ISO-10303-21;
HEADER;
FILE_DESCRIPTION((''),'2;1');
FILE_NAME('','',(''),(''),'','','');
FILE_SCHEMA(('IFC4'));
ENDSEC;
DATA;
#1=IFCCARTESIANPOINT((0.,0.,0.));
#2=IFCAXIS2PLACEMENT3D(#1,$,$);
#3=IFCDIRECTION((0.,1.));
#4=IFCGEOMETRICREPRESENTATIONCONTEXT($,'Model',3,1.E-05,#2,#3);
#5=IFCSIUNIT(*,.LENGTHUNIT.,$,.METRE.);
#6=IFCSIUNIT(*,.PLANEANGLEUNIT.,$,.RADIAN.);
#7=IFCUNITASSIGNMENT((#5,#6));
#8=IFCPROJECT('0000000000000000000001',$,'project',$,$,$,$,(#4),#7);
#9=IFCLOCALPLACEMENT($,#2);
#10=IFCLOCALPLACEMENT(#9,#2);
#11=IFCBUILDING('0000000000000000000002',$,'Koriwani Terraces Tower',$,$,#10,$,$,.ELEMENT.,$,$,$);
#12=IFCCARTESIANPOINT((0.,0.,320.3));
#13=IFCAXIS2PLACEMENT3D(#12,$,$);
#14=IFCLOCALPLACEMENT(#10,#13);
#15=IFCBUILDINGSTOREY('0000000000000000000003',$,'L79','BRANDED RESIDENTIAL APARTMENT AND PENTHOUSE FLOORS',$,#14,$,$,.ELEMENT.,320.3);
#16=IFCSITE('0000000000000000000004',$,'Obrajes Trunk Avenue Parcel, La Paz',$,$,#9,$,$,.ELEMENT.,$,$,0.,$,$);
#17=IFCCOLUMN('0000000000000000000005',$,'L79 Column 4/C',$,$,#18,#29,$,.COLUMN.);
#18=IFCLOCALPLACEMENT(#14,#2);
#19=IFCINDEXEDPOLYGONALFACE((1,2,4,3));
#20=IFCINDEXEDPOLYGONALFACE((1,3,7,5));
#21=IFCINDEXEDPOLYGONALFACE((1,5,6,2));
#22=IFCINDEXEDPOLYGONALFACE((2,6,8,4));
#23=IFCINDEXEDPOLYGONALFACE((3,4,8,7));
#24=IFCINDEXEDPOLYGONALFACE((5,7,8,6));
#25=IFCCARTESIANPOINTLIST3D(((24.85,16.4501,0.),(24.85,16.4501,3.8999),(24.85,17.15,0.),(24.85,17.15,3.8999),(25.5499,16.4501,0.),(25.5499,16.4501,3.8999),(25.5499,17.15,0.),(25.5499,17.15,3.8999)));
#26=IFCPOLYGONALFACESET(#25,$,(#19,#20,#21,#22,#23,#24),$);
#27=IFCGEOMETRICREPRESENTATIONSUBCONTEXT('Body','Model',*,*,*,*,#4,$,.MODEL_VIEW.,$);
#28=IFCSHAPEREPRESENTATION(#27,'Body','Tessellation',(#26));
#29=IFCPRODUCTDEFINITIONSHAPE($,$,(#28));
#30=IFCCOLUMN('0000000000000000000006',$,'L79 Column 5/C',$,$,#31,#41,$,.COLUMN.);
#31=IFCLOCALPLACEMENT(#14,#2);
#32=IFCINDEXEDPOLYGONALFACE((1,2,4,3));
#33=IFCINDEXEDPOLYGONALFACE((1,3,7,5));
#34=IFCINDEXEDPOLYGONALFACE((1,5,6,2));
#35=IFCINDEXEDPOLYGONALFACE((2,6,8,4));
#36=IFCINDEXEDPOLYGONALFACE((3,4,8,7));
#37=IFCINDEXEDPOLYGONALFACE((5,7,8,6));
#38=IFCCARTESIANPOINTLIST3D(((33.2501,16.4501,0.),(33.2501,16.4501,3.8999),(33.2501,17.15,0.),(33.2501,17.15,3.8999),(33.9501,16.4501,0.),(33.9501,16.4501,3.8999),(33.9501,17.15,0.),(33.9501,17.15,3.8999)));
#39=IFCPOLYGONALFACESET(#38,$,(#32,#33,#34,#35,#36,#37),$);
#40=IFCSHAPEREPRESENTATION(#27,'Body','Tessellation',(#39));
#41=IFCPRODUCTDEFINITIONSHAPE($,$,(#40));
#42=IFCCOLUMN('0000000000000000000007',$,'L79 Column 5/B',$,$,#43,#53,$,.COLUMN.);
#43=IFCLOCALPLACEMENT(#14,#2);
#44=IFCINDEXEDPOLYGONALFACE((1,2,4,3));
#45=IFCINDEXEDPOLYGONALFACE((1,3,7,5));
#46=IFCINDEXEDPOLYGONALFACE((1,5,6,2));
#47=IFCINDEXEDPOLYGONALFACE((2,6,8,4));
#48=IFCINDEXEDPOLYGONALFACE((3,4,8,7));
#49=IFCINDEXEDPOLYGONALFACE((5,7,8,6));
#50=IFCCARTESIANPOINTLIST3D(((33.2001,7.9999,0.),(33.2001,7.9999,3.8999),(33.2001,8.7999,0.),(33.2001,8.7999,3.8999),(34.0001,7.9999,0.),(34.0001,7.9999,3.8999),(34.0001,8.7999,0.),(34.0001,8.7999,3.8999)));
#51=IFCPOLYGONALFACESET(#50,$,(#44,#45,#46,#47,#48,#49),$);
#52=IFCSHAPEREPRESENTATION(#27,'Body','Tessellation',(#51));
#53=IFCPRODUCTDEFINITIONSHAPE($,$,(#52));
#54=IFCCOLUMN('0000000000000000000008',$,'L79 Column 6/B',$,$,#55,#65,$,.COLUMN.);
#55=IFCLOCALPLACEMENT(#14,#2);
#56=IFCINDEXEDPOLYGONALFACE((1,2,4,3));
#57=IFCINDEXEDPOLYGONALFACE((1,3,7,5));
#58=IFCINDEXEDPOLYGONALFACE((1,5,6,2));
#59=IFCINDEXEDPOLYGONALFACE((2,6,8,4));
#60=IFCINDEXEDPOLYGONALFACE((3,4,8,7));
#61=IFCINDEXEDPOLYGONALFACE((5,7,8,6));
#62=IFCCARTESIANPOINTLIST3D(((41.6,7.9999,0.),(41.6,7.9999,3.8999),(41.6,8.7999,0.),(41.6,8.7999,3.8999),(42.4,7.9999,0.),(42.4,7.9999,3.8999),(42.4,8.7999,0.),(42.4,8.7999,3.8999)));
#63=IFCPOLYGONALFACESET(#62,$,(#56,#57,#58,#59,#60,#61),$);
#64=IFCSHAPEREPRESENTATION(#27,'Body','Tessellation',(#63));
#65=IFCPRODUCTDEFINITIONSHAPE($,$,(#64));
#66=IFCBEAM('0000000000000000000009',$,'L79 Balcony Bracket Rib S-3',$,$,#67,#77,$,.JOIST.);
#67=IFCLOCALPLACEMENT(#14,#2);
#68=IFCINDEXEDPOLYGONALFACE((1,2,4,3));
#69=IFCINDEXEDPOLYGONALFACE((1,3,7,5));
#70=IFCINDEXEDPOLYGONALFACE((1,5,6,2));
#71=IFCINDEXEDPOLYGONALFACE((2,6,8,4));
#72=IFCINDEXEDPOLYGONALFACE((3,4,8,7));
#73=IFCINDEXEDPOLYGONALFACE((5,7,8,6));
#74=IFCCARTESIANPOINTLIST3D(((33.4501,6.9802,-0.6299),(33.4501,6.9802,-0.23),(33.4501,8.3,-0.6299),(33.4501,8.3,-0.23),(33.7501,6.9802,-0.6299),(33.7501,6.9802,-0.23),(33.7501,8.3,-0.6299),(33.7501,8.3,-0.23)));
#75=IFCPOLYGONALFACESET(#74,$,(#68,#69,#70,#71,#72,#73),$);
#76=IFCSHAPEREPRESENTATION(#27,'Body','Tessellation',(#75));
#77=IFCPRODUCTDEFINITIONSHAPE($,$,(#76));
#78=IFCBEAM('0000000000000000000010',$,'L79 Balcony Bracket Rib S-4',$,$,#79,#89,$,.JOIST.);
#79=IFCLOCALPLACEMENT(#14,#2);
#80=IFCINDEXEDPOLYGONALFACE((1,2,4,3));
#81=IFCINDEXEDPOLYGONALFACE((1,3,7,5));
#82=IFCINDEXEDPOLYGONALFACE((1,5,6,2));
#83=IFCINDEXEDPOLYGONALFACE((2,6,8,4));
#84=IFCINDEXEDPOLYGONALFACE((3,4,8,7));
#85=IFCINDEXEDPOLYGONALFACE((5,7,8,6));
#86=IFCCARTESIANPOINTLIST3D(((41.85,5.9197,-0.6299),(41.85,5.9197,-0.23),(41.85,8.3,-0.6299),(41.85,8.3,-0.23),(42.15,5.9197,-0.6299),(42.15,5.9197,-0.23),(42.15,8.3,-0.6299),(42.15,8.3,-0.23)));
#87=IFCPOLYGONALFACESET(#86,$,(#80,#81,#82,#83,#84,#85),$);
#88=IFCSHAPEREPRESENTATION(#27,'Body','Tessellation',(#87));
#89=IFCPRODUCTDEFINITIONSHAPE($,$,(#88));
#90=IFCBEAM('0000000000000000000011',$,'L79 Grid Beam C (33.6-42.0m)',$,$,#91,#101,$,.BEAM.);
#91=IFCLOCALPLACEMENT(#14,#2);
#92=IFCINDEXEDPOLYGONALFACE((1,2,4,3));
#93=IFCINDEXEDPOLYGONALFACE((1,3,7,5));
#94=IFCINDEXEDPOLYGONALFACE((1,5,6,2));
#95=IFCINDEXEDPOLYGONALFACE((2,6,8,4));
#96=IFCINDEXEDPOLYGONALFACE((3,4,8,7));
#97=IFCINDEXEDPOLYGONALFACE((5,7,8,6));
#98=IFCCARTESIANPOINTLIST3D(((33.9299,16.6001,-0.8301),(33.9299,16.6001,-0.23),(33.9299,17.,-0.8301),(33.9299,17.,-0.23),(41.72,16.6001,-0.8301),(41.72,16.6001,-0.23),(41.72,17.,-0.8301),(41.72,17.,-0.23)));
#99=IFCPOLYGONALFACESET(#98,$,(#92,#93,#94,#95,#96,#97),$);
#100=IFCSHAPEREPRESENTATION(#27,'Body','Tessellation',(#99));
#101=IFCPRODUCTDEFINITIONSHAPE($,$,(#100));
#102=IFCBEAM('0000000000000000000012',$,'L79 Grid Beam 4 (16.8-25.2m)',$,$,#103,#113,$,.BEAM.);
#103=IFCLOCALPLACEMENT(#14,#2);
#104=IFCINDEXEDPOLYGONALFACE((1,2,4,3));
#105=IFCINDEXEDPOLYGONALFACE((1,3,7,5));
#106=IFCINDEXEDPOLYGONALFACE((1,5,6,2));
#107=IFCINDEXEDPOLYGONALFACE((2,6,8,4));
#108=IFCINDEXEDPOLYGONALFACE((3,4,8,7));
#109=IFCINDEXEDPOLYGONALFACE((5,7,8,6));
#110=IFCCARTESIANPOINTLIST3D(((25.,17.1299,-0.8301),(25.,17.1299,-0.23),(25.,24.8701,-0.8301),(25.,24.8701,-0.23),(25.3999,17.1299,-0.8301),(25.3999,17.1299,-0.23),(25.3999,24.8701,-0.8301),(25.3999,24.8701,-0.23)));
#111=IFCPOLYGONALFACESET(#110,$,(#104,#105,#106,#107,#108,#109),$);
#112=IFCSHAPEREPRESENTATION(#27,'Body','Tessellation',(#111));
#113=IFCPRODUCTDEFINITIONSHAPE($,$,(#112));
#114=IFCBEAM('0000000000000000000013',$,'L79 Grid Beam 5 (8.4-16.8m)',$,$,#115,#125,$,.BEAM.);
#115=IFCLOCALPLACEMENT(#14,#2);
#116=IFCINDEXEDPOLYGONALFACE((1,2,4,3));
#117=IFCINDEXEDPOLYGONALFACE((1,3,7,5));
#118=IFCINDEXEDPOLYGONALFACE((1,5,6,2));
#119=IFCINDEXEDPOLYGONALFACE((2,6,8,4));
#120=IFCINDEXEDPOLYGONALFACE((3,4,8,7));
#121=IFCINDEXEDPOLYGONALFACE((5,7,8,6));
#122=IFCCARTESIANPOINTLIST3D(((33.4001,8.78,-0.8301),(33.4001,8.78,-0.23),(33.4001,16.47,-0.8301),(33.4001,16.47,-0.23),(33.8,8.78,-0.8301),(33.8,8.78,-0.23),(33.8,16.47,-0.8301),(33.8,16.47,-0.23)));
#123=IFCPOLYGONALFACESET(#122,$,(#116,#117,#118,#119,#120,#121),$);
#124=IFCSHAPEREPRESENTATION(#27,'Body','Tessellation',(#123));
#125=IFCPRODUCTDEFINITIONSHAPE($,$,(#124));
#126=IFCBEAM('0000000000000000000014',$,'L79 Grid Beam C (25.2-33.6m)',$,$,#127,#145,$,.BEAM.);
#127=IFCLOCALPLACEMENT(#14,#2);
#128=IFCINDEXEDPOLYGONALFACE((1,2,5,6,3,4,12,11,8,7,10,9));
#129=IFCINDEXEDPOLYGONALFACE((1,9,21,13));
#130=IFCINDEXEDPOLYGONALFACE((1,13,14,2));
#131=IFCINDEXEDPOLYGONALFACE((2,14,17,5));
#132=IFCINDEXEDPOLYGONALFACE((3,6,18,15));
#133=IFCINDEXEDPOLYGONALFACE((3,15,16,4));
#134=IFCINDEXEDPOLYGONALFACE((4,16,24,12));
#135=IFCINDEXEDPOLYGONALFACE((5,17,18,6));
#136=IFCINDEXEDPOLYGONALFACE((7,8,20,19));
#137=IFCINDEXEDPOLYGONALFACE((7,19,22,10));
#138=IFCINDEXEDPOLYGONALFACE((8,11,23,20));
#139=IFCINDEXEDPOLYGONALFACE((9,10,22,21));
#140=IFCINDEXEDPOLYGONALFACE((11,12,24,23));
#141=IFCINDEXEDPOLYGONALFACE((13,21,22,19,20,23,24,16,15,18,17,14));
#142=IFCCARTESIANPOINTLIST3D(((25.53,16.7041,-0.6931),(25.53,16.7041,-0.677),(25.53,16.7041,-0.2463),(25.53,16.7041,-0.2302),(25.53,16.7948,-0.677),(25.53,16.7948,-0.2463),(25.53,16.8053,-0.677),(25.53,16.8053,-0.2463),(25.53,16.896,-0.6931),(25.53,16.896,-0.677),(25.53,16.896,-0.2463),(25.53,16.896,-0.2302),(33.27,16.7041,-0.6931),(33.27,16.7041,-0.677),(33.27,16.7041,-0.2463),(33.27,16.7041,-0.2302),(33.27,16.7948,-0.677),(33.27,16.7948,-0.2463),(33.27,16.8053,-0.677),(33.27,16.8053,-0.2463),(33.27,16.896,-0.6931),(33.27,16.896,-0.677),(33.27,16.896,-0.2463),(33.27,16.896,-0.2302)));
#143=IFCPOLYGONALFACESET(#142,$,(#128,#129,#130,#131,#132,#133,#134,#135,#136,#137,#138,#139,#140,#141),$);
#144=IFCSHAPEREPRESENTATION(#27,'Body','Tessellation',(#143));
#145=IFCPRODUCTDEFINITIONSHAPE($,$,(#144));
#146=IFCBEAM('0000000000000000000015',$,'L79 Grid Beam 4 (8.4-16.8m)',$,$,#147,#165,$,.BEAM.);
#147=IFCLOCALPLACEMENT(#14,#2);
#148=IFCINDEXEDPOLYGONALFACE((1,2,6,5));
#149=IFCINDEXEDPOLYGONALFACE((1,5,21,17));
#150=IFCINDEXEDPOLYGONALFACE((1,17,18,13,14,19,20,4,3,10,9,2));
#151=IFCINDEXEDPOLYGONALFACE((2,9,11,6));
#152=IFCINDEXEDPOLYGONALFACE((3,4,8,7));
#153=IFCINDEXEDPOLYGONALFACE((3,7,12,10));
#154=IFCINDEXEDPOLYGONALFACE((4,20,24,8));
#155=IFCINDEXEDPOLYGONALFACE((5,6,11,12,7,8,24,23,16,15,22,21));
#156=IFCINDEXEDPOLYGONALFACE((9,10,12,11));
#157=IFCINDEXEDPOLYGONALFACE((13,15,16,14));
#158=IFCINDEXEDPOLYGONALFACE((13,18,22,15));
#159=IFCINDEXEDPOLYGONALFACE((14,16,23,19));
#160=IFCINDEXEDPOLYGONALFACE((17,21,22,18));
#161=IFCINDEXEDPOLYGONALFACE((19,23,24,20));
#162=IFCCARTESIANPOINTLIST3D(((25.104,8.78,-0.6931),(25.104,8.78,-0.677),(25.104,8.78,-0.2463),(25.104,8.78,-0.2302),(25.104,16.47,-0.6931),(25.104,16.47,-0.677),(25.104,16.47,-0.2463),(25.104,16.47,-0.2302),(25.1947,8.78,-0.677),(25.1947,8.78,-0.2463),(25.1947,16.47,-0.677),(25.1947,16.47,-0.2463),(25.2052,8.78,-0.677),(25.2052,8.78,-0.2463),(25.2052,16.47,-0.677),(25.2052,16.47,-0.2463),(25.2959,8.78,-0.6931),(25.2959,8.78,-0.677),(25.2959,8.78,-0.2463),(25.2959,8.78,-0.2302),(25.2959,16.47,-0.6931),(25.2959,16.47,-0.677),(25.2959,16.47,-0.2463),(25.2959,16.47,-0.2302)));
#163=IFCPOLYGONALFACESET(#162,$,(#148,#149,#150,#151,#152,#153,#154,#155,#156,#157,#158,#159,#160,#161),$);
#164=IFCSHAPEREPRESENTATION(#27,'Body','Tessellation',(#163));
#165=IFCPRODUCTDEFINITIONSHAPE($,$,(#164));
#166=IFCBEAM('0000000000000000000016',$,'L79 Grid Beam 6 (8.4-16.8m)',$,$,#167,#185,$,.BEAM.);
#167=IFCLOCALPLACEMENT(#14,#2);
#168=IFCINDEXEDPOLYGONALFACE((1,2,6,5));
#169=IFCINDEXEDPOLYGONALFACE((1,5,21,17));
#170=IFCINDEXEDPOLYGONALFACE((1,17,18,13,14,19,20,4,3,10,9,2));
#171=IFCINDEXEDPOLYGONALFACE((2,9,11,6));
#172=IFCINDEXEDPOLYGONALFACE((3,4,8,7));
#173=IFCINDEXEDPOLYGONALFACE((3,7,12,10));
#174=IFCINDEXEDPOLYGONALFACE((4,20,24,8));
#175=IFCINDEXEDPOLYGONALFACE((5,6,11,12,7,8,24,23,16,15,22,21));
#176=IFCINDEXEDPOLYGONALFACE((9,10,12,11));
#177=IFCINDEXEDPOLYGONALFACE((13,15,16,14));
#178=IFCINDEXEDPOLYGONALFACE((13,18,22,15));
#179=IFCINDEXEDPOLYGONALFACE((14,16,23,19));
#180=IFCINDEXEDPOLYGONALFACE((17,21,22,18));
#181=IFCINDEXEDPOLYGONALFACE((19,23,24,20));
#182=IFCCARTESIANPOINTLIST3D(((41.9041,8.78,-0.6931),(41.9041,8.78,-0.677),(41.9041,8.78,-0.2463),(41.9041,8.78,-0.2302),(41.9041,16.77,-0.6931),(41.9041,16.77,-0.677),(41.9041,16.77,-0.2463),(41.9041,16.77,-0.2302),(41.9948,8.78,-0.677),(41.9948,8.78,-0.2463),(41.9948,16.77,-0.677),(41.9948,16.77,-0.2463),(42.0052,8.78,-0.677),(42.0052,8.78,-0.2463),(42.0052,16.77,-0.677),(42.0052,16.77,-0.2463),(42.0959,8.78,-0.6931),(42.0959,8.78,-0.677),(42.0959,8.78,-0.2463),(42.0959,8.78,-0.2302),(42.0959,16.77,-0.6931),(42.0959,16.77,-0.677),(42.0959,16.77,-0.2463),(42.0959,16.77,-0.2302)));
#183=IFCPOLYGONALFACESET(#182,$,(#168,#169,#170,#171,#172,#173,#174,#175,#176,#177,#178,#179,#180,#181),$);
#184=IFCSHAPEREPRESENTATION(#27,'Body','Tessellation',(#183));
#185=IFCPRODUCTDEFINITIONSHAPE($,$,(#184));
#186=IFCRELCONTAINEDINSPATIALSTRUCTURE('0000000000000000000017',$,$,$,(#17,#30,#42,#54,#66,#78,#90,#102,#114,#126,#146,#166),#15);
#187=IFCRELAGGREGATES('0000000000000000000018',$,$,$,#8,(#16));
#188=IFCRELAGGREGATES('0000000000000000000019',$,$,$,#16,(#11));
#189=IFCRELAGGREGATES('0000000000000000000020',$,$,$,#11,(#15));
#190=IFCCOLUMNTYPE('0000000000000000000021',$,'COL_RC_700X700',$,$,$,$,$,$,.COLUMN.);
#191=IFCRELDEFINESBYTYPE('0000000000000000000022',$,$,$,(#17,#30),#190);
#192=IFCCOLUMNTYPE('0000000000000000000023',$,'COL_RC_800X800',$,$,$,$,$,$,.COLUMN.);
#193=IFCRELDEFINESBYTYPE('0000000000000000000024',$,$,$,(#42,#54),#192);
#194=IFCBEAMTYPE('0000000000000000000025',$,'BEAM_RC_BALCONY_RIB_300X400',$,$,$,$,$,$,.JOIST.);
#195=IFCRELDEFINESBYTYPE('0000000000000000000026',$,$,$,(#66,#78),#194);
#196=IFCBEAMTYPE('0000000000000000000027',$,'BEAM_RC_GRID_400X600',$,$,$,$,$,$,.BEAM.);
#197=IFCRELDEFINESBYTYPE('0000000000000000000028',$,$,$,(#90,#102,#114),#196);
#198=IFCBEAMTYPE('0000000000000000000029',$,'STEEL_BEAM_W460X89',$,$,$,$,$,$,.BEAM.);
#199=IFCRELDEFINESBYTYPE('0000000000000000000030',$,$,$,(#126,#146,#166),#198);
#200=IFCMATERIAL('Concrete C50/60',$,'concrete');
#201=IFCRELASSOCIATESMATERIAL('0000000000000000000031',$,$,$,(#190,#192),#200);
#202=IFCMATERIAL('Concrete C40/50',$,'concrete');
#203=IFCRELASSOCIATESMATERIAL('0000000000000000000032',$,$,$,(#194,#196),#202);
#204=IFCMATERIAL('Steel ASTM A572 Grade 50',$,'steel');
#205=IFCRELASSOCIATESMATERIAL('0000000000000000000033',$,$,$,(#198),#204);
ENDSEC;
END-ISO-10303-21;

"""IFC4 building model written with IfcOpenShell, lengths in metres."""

from ifc_helpers import new_model, si_unit, direction, frame, origin, origin_2d, place, context, subcontext, project, spatial, rectangle, i_section, extrude, material, material_profile, profile_set, type_object, element, save


model = new_model("IFC4")

# Units and contexts
model_context = context("Model", 3, precision=1e-05, world=origin(), true_north=direction((0.0, 1.0)))
body_context = subcontext(model_context, "Body", "Model", "MODEL_VIEW")
ifc_project = project(units=[si_unit("LENGTHUNIT", "METRE"), si_unit("PLANEANGLEUNIT", "RADIAN")], contexts=[model_context])

# Site, building, storey
site_placement = place(None, origin())
site = spatial("IfcSite", under=ifc_project, at=site_placement, Name="Obrajes Trunk Avenue Parcel, La Paz", CompositionType="ELEMENT", RefElevation=0.0)
building_placement = place(site_placement, origin())
building = spatial("IfcBuilding", under=site, at=building_placement, Name="Koriwani Terraces Tower", CompositionType="ELEMENT")
storey_placement = place(building_placement, frame((0.0, 0.0, 320.3)))
storey = spatial("IfcBuildingStorey", under=building, at=storey_placement, Name="L79", Description="BRANDED RESIDENTIAL APARTMENT AND PENTHOUSE FLOORS", CompositionType="ELEMENT", Elevation=320.3)

# Columns
ifc_material_1 = material(Name="Concrete C50/60", Category="concrete")
ifc_material_profile_1 = material_profile(ifc_material_1, rectangle(XDim=0.7, YDim=0.7, at=origin_2d()), Name="Concrete C50/60", Category="LoadBearing")
ifc_profile_set_1 = profile_set([ifc_material_profile_1], Name="Concrete C50/60")
column_type_1 = type_object("IfcColumnType", Name="COL_RC_700X700", PredefinedType="COLUMN", material=ifc_profile_set_1)
for number, where, z_axis, x_axis, name in (
    (1, (25.2, 16.8, 0.0), (0.0, 0.0, 1.0), (1.0, 0.0, 0.0), "L79 Column 4/C"),
    (2, (33.6001, 16.8, 0.0), (0.0, 0.0, 1.0), (1.0, 0.0, 0.0), "L79 Column 5/C"),
):
    element("IfcColumn", number, at=place(storey_placement, frame(where, z_axis=z_axis, x_axis=x_axis)), inside=storey, type_object=column_type_1, Name=name, PredefinedType="COLUMN", context=body_context, shape_type="SweptSolid", body=[
        extrude(rectangle(XDim=0.7, YDim=0.7, at=origin_2d()), origin(), (0.0, 0.0, 1.0), 3.8999),
    ])
ifc_material_profile_2 = material_profile(ifc_material_1, rectangle(XDim=0.8, YDim=0.8, at=origin_2d()), Name="Concrete C50/60", Category="LoadBearing")
ifc_profile_set_2 = profile_set([ifc_material_profile_2], Name="Concrete C50/60")
column_type_2 = type_object("IfcColumnType", Name="COL_RC_800X800", PredefinedType="COLUMN", material=ifc_profile_set_2)
for number, where, z_axis, x_axis, name in (
    (3, (33.6001, 8.3999, 0.0), (0.0, 0.0, 1.0), (1.0, 0.0, 0.0), "L79 Column 5/B"),
    (4, (42.0, 8.3999, 0.0), (0.0, 0.0, 1.0), (1.0, 0.0, 0.0), "L79 Column 6/B"),
):
    element("IfcColumn", number, at=place(storey_placement, frame(where, z_axis=z_axis, x_axis=x_axis)), inside=storey, type_object=column_type_2, Name=name, PredefinedType="COLUMN", context=body_context, shape_type="SweptSolid", body=[
        extrude(rectangle(XDim=0.8, YDim=0.8, at=origin_2d()), origin(), (0.0, 0.0, 1.0), 3.8999),
    ])

# Beams
ifc_material_2 = material(Name="Concrete C40/50", Category="concrete")
ifc_material_profile_3 = material_profile(ifc_material_2, rectangle(XDim=0.3, YDim=0.3999, at=origin_2d()), Name="Concrete C40/50", Category="LoadBearing")
ifc_profile_set_3 = profile_set([ifc_material_profile_3], Name="Concrete C40/50")
beam_type_1 = type_object("IfcBeamType", Name="BEAM_RC_BALCONY_RIB_300X400", PredefinedType="JOIST", material=ifc_profile_set_3)
beam_1_placement = place(storey_placement, frame((33.6001, 6.9802, -0.4299), z_axis=(0.0, 1.0, 0.0), x_axis=(-1.0, 0.0, 0.0)))
element("IfcBeam", 5, at=beam_1_placement, inside=storey, type_object=beam_type_1, Name="L79 Balcony Bracket Rib S-3", PredefinedType="JOIST", context=body_context, shape_type="SweptSolid", body=[
    extrude(rectangle(XDim=0.3, YDim=0.3999, at=origin_2d()), origin(), (0.0, 0.0, 1.0), 1.3198),
])
beam_2_placement = place(storey_placement, frame((42.0, 5.9197, -0.4299), z_axis=(0.0, 1.0, 0.0), x_axis=(-1.0, 0.0, 0.0)))
element("IfcBeam", 6, at=beam_2_placement, inside=storey, type_object=beam_type_1, Name="L79 Balcony Bracket Rib S-4", PredefinedType="JOIST", context=body_context, shape_type="SweptSolid", body=[
    extrude(rectangle(XDim=0.3, YDim=0.3999, at=origin_2d()), origin(), (0.0, 0.0, 1.0), 2.3804),
])
ifc_material_profile_4 = material_profile(ifc_material_2, rectangle(XDim=0.3999, YDim=0.6001, at=origin_2d()), Name="Concrete C40/50", Category="LoadBearing")
ifc_profile_set_4 = profile_set([ifc_material_profile_4], Name="Concrete C40/50")
beam_type_2 = type_object("IfcBeamType", Name="BEAM_RC_GRID_400X600", PredefinedType="BEAM", material=ifc_profile_set_4)
beam_3_placement = place(storey_placement, frame((33.9299, 16.8, -0.53), z_axis=(1.0, 0.0, 0.0), x_axis=(0.0, 1.0, 0.0)))
element("IfcBeam", 7, at=beam_3_placement, inside=storey, type_object=beam_type_2, Name="L79 Grid Beam C (33.6-42.0m)", PredefinedType="BEAM", context=body_context, shape_type="SweptSolid", body=[
    extrude(rectangle(XDim=0.3999, YDim=0.6001, at=origin_2d()), origin(), (0.0, 0.0, 1.0), 7.79),
])
beam_4_placement = place(storey_placement, frame((25.2, 17.1299, -0.53), z_axis=(0.0, 1.0, 0.0), x_axis=(-1.0, 0.0, 0.0)))
element("IfcBeam", 8, at=beam_4_placement, inside=storey, type_object=beam_type_2, Name="L79 Grid Beam 4 (16.8-25.2m)", PredefinedType="BEAM", context=body_context, shape_type="SweptSolid", body=[
    extrude(rectangle(XDim=0.3999, YDim=0.6001, at=origin_2d()), origin(), (0.0, 0.0, 1.0), 7.7402),
])
beam_5_placement = place(storey_placement, frame((33.6001, 8.78, -0.53), z_axis=(0.0, 1.0, 0.0), x_axis=(-1.0, 0.0, 0.0)))
element("IfcBeam", 9, at=beam_5_placement, inside=storey, type_object=beam_type_2, Name="L79 Grid Beam 5 (8.4-16.8m)", PredefinedType="BEAM", context=body_context, shape_type="SweptSolid", body=[
    extrude(rectangle(XDim=0.3999, YDim=0.6001, at=origin_2d()), origin(), (0.0, 0.0, 1.0), 7.6899),
])
ifc_material_3 = material(Name="Steel ASTM A572 Grade 50", Category="steel")
ifc_material_profile_5 = material_profile(ifc_material_3, i_section(OverallWidth=0.1919, OverallDepth=0.4629, WebThickness=0.0105, FlangeThickness=0.0161, at=origin_2d()), Name="Steel ASTM A572 Grade 50", Category="LoadBearing")
ifc_profile_set_5 = profile_set([ifc_material_profile_5], Name="Steel ASTM A572 Grade 50")
beam_type_3 = type_object("IfcBeamType", Name="STEEL_BEAM_W460X89", PredefinedType="BEAM", material=ifc_profile_set_5)
beam_6_placement = place(storey_placement, frame((25.53, 16.8, -0.4617), z_axis=(1.0, 0.0, 0.0), x_axis=(0.0, 1.0, 0.0)))
element("IfcBeam", 10, at=beam_6_placement, inside=storey, type_object=beam_type_3, Name="L79 Grid Beam C (25.2-33.6m)", PredefinedType="BEAM", context=body_context, shape_type="SweptSolid", body=[
    extrude(i_section(OverallWidth=0.1919, OverallDepth=0.4629, WebThickness=0.0105, FlangeThickness=0.0161, at=origin_2d()), origin(), (0.0, 0.0, 1.0), 7.74),
])
beam_7_placement = place(storey_placement, frame((25.2, 8.78, -0.4617), z_axis=(0.0, 1.0, 0.0), x_axis=(-1.0, 0.0, 0.0)))
element("IfcBeam", 11, at=beam_7_placement, inside=storey, type_object=beam_type_3, Name="L79 Grid Beam 4 (8.4-16.8m)", PredefinedType="BEAM", context=body_context, shape_type="SweptSolid", body=[
    extrude(i_section(OverallWidth=0.1919, OverallDepth=0.4629, WebThickness=0.0105, FlangeThickness=0.0161, at=origin_2d()), origin(), (0.0, 0.0, 1.0), 7.6899),
])
beam_8_placement = place(storey_placement, frame((42.0, 8.78, -0.4617), z_axis=(0.0, 1.0, 0.0), x_axis=(-1.0, 0.0, 0.0)))
element("IfcBeam", 12, at=beam_8_placement, inside=storey, type_object=beam_type_3, Name="L79 Grid Beam 6 (8.4-16.8m)", PredefinedType="BEAM", context=body_context, shape_type="SweptSolid", body=[
    extrude(i_section(OverallWidth=0.1919, OverallDepth=0.4629, WebThickness=0.0105, FlangeThickness=0.0161, at=origin_2d()), origin(), (0.0, 0.0, 1.0), 7.99),
])

save(model, "model.ifc")
